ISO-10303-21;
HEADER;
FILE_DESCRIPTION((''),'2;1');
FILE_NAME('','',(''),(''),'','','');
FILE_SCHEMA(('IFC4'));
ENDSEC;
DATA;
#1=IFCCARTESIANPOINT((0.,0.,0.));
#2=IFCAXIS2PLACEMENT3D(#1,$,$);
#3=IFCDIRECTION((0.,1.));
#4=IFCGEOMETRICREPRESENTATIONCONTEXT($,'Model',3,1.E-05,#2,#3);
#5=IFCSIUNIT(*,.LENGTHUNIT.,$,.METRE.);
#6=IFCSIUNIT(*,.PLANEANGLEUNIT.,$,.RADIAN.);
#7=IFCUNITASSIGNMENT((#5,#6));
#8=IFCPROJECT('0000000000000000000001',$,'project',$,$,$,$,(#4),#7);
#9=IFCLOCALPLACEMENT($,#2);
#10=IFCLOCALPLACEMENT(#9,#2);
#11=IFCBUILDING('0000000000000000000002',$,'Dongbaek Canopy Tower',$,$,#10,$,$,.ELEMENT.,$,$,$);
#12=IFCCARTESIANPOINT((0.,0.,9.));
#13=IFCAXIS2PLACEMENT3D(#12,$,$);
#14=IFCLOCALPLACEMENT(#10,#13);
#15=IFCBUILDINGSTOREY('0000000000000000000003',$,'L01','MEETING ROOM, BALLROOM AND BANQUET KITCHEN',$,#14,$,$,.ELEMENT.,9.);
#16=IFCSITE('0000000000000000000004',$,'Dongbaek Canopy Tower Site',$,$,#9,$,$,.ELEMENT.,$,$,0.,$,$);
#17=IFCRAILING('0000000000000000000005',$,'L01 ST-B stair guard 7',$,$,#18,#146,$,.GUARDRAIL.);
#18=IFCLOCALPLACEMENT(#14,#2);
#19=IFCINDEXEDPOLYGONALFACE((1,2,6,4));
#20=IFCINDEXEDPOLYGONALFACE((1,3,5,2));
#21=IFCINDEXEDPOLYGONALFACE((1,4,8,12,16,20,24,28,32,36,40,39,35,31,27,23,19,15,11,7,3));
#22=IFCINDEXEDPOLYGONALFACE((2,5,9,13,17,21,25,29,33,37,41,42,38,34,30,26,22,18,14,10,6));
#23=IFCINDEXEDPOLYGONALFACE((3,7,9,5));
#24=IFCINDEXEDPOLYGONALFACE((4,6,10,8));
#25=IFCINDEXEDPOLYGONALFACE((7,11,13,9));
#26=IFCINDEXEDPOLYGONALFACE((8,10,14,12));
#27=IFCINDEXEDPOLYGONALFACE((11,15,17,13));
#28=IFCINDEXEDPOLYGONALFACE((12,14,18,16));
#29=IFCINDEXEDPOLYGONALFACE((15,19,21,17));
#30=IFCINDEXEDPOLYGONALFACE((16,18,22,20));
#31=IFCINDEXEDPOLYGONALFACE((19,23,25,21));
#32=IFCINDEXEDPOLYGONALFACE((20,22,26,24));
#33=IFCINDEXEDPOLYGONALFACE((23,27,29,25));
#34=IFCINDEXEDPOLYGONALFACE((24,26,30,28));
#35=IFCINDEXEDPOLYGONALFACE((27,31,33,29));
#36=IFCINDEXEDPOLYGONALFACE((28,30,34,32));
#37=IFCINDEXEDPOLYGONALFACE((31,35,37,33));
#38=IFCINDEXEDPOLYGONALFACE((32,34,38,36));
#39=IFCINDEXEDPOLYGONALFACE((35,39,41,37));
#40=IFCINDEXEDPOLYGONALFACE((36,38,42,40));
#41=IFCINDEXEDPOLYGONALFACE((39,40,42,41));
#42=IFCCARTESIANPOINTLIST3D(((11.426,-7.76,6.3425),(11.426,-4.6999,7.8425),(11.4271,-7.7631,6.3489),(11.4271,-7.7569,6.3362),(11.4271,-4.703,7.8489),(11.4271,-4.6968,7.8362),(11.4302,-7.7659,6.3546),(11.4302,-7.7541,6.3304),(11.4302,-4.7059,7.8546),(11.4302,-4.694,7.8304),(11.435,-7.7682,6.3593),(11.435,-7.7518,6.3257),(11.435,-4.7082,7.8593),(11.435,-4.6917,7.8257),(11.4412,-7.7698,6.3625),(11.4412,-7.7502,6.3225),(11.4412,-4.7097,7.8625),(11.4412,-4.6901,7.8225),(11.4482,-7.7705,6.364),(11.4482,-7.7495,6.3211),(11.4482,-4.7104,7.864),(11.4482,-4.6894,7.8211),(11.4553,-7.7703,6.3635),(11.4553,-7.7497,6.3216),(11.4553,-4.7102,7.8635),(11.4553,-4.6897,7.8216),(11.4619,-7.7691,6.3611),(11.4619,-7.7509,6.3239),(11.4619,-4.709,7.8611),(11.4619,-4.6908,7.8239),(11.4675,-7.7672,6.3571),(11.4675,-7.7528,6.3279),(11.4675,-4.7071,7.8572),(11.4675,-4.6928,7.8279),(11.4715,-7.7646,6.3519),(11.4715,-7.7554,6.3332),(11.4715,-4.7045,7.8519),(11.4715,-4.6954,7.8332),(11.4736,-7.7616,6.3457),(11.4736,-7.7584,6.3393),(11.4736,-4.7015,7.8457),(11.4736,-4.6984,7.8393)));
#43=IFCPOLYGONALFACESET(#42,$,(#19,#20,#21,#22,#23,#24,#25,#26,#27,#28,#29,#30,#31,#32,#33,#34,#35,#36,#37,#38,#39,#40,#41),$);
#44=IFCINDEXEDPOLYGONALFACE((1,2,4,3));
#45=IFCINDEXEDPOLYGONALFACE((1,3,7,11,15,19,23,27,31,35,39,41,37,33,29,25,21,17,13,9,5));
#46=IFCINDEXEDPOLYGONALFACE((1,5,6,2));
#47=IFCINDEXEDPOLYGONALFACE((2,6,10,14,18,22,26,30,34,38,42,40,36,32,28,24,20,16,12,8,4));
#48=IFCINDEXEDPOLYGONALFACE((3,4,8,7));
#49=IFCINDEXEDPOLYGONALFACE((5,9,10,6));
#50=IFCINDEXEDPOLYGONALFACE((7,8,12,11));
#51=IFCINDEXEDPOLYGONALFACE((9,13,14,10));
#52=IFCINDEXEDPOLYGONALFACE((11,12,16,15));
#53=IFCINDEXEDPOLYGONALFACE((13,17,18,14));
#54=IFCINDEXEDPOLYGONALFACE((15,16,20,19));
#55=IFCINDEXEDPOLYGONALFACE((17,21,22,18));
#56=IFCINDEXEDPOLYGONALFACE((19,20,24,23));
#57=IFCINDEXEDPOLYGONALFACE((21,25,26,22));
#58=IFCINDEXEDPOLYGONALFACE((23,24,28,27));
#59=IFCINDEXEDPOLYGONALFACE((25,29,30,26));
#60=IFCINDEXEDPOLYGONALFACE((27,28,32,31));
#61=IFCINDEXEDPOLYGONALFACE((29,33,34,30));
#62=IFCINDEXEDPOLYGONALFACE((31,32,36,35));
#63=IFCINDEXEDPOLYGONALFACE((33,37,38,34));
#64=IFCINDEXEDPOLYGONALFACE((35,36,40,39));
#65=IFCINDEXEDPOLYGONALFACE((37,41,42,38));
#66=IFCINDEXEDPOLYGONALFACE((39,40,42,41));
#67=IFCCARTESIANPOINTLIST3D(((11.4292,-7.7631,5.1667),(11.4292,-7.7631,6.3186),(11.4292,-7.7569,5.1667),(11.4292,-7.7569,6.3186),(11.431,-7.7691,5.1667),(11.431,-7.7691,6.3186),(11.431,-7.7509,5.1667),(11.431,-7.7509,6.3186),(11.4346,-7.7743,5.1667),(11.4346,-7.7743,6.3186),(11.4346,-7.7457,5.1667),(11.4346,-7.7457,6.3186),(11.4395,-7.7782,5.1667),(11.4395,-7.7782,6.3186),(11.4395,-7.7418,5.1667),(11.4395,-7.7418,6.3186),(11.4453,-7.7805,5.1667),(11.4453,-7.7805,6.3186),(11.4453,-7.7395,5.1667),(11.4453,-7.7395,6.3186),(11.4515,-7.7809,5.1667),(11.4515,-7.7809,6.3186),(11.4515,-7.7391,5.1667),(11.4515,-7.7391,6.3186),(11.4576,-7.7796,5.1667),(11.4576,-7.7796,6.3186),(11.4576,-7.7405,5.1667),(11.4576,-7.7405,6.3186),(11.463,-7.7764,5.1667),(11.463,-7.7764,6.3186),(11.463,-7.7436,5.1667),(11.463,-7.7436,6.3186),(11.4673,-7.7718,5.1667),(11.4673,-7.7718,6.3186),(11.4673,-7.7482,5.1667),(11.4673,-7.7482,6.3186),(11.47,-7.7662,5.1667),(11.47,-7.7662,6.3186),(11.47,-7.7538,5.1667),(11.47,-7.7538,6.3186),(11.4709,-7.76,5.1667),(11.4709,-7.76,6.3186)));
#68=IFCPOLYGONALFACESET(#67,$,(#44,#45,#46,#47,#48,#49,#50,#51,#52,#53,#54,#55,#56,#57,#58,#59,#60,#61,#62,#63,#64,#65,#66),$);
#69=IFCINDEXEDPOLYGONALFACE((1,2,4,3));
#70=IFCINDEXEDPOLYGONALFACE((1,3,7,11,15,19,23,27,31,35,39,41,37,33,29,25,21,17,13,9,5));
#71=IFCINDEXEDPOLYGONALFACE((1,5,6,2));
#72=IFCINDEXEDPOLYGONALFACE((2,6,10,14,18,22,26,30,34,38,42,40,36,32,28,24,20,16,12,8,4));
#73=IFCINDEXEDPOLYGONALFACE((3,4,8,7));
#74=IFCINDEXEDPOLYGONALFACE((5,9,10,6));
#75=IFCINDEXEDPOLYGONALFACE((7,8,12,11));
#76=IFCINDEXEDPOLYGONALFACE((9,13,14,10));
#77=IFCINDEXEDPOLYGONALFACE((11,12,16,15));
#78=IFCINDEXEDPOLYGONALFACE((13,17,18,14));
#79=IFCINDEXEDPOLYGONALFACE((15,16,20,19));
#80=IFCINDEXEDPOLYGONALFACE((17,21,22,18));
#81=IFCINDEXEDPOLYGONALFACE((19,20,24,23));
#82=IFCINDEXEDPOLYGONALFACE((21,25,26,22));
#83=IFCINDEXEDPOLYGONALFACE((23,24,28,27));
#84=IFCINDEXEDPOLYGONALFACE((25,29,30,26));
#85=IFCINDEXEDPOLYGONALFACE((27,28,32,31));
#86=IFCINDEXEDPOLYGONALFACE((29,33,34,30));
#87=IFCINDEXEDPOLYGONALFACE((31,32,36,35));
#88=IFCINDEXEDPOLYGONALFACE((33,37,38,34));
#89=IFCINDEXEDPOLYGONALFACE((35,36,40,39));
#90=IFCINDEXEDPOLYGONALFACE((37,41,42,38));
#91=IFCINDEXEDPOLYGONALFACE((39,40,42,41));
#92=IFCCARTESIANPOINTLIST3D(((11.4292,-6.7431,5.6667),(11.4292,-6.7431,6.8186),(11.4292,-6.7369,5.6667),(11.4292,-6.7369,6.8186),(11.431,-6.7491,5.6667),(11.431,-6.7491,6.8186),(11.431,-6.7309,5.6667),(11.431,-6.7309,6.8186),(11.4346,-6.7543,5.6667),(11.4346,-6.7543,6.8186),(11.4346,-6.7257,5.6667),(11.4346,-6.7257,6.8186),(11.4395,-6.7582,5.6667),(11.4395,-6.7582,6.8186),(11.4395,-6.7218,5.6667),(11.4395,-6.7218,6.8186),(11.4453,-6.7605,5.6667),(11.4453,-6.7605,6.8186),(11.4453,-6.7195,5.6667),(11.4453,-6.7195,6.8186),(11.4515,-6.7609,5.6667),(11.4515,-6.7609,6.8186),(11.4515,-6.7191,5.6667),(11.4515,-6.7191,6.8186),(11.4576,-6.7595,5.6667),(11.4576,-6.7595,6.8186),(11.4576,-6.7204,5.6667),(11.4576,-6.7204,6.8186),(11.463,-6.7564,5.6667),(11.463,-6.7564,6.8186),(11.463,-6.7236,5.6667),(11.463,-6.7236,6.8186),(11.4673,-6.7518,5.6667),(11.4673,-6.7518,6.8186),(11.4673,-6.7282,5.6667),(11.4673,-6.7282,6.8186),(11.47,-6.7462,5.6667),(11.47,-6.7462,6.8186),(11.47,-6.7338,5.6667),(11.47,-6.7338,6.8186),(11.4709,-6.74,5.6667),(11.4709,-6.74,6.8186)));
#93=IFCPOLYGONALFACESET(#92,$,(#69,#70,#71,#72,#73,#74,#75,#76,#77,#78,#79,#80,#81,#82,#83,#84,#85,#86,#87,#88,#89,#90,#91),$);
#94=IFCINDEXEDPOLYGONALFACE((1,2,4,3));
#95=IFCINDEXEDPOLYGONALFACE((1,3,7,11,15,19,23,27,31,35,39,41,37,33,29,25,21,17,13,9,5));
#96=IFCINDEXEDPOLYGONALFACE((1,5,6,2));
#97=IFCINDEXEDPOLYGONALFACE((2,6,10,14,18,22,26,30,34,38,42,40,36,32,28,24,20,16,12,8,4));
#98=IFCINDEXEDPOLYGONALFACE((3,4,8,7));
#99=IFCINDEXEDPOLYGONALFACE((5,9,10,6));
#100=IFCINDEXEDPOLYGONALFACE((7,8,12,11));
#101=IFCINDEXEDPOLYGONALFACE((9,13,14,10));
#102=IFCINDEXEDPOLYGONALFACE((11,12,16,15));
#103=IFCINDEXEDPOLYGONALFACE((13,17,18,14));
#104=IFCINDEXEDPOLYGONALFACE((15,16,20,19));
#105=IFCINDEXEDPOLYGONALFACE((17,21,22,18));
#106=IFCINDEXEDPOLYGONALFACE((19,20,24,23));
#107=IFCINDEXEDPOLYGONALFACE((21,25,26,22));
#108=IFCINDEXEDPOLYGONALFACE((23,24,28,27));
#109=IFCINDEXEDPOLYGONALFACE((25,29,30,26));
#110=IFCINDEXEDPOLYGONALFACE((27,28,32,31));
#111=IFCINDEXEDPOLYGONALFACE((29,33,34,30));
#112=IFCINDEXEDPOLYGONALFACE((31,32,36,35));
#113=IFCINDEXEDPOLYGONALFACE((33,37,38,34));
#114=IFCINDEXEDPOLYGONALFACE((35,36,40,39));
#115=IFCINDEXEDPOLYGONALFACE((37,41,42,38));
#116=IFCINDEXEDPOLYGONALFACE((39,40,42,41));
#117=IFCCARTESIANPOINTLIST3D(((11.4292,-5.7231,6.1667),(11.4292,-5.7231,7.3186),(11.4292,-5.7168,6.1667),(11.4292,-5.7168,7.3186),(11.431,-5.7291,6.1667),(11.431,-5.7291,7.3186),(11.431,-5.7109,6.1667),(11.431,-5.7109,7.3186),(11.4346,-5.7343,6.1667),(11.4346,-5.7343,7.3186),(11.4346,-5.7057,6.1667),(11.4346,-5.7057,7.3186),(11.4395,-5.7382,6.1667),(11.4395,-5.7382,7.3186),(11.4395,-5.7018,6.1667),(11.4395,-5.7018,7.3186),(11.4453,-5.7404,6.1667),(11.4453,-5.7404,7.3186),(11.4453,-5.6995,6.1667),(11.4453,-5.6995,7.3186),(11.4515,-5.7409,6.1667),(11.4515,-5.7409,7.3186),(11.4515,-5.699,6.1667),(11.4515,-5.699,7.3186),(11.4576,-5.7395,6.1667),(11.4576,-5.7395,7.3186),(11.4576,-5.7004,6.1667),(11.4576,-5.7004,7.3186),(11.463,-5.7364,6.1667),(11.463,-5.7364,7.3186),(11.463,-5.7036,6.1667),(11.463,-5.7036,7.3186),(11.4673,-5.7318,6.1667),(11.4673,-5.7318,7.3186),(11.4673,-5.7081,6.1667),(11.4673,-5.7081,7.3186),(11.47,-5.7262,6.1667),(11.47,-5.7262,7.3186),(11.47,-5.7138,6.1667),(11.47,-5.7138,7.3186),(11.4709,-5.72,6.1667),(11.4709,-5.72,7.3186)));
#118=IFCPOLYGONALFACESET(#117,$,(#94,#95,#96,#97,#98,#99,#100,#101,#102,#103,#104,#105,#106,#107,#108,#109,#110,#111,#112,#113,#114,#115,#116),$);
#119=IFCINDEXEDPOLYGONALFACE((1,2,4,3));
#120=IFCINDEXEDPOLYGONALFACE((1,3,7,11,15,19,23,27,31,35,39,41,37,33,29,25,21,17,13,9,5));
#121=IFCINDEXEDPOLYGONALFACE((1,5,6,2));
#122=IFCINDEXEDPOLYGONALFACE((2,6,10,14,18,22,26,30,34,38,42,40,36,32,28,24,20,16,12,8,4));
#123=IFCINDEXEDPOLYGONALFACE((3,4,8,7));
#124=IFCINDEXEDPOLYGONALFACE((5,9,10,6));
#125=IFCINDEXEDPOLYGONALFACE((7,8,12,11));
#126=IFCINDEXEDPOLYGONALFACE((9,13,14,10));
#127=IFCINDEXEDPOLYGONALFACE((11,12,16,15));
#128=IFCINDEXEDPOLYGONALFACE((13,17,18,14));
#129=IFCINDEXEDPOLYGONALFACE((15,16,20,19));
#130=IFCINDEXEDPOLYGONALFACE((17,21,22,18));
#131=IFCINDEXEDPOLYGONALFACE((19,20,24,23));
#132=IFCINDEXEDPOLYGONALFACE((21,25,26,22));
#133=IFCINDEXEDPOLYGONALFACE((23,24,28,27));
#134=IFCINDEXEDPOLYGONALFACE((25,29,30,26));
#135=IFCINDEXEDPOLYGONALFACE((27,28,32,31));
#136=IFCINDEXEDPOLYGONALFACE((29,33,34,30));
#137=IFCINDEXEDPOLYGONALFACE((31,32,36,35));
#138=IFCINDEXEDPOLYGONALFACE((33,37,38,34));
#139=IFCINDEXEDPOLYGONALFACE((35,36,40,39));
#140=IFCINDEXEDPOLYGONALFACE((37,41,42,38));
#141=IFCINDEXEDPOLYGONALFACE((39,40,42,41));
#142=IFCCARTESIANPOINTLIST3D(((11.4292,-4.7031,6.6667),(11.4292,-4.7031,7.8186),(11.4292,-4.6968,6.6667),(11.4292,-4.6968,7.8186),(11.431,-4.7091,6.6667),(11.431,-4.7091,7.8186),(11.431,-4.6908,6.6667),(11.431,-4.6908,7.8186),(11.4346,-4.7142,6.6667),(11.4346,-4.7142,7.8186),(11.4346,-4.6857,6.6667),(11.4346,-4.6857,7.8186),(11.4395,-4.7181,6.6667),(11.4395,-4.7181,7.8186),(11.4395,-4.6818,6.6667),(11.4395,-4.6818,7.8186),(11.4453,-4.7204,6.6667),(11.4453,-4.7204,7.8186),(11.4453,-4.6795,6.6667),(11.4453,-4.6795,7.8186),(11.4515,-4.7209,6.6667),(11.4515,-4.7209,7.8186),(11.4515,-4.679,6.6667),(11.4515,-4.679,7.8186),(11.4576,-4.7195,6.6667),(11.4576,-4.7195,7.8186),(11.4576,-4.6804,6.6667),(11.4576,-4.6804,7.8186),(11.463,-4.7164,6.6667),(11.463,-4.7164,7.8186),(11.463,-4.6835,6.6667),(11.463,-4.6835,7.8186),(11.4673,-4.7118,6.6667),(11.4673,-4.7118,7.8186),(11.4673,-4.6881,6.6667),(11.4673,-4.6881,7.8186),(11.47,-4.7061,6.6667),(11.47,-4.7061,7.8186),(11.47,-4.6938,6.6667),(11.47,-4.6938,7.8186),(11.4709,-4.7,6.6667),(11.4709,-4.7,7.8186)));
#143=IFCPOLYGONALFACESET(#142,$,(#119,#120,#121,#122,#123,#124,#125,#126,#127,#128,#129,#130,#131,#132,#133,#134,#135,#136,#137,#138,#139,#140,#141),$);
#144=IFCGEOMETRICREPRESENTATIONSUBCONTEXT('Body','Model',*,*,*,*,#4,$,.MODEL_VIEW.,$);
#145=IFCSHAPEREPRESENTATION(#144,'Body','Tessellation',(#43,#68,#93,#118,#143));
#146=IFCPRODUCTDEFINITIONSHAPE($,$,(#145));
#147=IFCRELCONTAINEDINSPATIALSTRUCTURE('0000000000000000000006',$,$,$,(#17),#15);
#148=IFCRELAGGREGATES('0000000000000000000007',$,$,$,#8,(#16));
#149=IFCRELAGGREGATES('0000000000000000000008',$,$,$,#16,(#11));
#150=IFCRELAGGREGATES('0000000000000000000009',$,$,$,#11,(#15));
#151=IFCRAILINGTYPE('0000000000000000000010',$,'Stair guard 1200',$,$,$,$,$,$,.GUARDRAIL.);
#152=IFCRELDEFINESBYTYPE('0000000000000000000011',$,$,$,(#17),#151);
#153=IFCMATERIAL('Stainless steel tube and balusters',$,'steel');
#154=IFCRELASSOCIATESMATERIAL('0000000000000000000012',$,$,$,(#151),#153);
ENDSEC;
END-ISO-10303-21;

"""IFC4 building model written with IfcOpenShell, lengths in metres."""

from ifc_helpers import new_model, si_unit, direction, frame, origin, origin_2d, place, context, subcontext, project, spatial, circle, extrude, material, type_object, element, save


model = new_model("IFC4")

# Units and contexts
model_context = context("Model", 3, precision=1e-05, world=origin(), true_north=direction((0.0, 1.0)))
body_context = subcontext(model_context, "Body", "Model", "MODEL_VIEW")
ifc_project = project(units=[si_unit("LENGTHUNIT", "METRE"), si_unit("PLANEANGLEUNIT", "RADIAN")], contexts=[model_context])

# Site, building, storey
site_placement = place(None, origin())
site = spatial("IfcSite", under=ifc_project, at=site_placement, Name="Dongbaek Canopy Tower Site", CompositionType="ELEMENT", RefElevation=0.0)
building_placement = place(site_placement, origin())
building = spatial("IfcBuilding", under=site, at=building_placement, Name="Dongbaek Canopy Tower", CompositionType="ELEMENT")
storey_placement = place(building_placement, frame((0.0, 0.0, 9.0)))
storey = spatial("IfcBuildingStorey", under=building, at=storey_placement, Name="L01", Description="MEETING ROOM, BALLROOM AND BANQUET KITCHEN", CompositionType="ELEMENT", Elevation=9.0)

# Railing
ifc_material_1 = material(Name="Stainless steel tube and balusters", Category="steel")
railing_type_1 = type_object("IfcRailingType", Name="Stair guard 1200", PredefinedType="GUARDRAIL", material=ifc_material_1)
railing_1_placement = place(storey_placement, frame((11.45, -7.76, 5.1667)))
element("IfcRailing", 1, at=railing_1_placement, inside=storey, type_object=railing_type_1, Name="L01 ST-B stair guard 7", PredefinedType="GUARDRAIL", context=body_context, shape_type="SweptSolid", body=[
    extrude(circle(Radius=0.0239, at=origin_2d()), frame((0.0, 0.0, 1.1758), z_axis=(0.0, 0.897924, 0.44015), x_axis=(-1.0, 0.0, 0.0)), (0.0, 0.0, 1.0), 3.408),
    extrude(circle(Radius=0.021, at=origin_2d()), origin(), (0.0, 0.0, 1.0), 1.1519),
    extrude(circle(Radius=0.021, at=origin_2d()), frame((0.0, 1.02, 0.5)), (0.0, 0.0, 1.0), 1.1519),
    extrude(circle(Radius=0.021, at=origin_2d()), frame((0.0, 2.04, 1.0)), (0.0, 0.0, 1.0), 1.1519),
    extrude(circle(Radius=0.021, at=origin_2d()), frame((0.0, 3.0601, 1.5)), (0.0, 0.0, 1.0), 1.1519),
])

save(model, "model.ifc")
